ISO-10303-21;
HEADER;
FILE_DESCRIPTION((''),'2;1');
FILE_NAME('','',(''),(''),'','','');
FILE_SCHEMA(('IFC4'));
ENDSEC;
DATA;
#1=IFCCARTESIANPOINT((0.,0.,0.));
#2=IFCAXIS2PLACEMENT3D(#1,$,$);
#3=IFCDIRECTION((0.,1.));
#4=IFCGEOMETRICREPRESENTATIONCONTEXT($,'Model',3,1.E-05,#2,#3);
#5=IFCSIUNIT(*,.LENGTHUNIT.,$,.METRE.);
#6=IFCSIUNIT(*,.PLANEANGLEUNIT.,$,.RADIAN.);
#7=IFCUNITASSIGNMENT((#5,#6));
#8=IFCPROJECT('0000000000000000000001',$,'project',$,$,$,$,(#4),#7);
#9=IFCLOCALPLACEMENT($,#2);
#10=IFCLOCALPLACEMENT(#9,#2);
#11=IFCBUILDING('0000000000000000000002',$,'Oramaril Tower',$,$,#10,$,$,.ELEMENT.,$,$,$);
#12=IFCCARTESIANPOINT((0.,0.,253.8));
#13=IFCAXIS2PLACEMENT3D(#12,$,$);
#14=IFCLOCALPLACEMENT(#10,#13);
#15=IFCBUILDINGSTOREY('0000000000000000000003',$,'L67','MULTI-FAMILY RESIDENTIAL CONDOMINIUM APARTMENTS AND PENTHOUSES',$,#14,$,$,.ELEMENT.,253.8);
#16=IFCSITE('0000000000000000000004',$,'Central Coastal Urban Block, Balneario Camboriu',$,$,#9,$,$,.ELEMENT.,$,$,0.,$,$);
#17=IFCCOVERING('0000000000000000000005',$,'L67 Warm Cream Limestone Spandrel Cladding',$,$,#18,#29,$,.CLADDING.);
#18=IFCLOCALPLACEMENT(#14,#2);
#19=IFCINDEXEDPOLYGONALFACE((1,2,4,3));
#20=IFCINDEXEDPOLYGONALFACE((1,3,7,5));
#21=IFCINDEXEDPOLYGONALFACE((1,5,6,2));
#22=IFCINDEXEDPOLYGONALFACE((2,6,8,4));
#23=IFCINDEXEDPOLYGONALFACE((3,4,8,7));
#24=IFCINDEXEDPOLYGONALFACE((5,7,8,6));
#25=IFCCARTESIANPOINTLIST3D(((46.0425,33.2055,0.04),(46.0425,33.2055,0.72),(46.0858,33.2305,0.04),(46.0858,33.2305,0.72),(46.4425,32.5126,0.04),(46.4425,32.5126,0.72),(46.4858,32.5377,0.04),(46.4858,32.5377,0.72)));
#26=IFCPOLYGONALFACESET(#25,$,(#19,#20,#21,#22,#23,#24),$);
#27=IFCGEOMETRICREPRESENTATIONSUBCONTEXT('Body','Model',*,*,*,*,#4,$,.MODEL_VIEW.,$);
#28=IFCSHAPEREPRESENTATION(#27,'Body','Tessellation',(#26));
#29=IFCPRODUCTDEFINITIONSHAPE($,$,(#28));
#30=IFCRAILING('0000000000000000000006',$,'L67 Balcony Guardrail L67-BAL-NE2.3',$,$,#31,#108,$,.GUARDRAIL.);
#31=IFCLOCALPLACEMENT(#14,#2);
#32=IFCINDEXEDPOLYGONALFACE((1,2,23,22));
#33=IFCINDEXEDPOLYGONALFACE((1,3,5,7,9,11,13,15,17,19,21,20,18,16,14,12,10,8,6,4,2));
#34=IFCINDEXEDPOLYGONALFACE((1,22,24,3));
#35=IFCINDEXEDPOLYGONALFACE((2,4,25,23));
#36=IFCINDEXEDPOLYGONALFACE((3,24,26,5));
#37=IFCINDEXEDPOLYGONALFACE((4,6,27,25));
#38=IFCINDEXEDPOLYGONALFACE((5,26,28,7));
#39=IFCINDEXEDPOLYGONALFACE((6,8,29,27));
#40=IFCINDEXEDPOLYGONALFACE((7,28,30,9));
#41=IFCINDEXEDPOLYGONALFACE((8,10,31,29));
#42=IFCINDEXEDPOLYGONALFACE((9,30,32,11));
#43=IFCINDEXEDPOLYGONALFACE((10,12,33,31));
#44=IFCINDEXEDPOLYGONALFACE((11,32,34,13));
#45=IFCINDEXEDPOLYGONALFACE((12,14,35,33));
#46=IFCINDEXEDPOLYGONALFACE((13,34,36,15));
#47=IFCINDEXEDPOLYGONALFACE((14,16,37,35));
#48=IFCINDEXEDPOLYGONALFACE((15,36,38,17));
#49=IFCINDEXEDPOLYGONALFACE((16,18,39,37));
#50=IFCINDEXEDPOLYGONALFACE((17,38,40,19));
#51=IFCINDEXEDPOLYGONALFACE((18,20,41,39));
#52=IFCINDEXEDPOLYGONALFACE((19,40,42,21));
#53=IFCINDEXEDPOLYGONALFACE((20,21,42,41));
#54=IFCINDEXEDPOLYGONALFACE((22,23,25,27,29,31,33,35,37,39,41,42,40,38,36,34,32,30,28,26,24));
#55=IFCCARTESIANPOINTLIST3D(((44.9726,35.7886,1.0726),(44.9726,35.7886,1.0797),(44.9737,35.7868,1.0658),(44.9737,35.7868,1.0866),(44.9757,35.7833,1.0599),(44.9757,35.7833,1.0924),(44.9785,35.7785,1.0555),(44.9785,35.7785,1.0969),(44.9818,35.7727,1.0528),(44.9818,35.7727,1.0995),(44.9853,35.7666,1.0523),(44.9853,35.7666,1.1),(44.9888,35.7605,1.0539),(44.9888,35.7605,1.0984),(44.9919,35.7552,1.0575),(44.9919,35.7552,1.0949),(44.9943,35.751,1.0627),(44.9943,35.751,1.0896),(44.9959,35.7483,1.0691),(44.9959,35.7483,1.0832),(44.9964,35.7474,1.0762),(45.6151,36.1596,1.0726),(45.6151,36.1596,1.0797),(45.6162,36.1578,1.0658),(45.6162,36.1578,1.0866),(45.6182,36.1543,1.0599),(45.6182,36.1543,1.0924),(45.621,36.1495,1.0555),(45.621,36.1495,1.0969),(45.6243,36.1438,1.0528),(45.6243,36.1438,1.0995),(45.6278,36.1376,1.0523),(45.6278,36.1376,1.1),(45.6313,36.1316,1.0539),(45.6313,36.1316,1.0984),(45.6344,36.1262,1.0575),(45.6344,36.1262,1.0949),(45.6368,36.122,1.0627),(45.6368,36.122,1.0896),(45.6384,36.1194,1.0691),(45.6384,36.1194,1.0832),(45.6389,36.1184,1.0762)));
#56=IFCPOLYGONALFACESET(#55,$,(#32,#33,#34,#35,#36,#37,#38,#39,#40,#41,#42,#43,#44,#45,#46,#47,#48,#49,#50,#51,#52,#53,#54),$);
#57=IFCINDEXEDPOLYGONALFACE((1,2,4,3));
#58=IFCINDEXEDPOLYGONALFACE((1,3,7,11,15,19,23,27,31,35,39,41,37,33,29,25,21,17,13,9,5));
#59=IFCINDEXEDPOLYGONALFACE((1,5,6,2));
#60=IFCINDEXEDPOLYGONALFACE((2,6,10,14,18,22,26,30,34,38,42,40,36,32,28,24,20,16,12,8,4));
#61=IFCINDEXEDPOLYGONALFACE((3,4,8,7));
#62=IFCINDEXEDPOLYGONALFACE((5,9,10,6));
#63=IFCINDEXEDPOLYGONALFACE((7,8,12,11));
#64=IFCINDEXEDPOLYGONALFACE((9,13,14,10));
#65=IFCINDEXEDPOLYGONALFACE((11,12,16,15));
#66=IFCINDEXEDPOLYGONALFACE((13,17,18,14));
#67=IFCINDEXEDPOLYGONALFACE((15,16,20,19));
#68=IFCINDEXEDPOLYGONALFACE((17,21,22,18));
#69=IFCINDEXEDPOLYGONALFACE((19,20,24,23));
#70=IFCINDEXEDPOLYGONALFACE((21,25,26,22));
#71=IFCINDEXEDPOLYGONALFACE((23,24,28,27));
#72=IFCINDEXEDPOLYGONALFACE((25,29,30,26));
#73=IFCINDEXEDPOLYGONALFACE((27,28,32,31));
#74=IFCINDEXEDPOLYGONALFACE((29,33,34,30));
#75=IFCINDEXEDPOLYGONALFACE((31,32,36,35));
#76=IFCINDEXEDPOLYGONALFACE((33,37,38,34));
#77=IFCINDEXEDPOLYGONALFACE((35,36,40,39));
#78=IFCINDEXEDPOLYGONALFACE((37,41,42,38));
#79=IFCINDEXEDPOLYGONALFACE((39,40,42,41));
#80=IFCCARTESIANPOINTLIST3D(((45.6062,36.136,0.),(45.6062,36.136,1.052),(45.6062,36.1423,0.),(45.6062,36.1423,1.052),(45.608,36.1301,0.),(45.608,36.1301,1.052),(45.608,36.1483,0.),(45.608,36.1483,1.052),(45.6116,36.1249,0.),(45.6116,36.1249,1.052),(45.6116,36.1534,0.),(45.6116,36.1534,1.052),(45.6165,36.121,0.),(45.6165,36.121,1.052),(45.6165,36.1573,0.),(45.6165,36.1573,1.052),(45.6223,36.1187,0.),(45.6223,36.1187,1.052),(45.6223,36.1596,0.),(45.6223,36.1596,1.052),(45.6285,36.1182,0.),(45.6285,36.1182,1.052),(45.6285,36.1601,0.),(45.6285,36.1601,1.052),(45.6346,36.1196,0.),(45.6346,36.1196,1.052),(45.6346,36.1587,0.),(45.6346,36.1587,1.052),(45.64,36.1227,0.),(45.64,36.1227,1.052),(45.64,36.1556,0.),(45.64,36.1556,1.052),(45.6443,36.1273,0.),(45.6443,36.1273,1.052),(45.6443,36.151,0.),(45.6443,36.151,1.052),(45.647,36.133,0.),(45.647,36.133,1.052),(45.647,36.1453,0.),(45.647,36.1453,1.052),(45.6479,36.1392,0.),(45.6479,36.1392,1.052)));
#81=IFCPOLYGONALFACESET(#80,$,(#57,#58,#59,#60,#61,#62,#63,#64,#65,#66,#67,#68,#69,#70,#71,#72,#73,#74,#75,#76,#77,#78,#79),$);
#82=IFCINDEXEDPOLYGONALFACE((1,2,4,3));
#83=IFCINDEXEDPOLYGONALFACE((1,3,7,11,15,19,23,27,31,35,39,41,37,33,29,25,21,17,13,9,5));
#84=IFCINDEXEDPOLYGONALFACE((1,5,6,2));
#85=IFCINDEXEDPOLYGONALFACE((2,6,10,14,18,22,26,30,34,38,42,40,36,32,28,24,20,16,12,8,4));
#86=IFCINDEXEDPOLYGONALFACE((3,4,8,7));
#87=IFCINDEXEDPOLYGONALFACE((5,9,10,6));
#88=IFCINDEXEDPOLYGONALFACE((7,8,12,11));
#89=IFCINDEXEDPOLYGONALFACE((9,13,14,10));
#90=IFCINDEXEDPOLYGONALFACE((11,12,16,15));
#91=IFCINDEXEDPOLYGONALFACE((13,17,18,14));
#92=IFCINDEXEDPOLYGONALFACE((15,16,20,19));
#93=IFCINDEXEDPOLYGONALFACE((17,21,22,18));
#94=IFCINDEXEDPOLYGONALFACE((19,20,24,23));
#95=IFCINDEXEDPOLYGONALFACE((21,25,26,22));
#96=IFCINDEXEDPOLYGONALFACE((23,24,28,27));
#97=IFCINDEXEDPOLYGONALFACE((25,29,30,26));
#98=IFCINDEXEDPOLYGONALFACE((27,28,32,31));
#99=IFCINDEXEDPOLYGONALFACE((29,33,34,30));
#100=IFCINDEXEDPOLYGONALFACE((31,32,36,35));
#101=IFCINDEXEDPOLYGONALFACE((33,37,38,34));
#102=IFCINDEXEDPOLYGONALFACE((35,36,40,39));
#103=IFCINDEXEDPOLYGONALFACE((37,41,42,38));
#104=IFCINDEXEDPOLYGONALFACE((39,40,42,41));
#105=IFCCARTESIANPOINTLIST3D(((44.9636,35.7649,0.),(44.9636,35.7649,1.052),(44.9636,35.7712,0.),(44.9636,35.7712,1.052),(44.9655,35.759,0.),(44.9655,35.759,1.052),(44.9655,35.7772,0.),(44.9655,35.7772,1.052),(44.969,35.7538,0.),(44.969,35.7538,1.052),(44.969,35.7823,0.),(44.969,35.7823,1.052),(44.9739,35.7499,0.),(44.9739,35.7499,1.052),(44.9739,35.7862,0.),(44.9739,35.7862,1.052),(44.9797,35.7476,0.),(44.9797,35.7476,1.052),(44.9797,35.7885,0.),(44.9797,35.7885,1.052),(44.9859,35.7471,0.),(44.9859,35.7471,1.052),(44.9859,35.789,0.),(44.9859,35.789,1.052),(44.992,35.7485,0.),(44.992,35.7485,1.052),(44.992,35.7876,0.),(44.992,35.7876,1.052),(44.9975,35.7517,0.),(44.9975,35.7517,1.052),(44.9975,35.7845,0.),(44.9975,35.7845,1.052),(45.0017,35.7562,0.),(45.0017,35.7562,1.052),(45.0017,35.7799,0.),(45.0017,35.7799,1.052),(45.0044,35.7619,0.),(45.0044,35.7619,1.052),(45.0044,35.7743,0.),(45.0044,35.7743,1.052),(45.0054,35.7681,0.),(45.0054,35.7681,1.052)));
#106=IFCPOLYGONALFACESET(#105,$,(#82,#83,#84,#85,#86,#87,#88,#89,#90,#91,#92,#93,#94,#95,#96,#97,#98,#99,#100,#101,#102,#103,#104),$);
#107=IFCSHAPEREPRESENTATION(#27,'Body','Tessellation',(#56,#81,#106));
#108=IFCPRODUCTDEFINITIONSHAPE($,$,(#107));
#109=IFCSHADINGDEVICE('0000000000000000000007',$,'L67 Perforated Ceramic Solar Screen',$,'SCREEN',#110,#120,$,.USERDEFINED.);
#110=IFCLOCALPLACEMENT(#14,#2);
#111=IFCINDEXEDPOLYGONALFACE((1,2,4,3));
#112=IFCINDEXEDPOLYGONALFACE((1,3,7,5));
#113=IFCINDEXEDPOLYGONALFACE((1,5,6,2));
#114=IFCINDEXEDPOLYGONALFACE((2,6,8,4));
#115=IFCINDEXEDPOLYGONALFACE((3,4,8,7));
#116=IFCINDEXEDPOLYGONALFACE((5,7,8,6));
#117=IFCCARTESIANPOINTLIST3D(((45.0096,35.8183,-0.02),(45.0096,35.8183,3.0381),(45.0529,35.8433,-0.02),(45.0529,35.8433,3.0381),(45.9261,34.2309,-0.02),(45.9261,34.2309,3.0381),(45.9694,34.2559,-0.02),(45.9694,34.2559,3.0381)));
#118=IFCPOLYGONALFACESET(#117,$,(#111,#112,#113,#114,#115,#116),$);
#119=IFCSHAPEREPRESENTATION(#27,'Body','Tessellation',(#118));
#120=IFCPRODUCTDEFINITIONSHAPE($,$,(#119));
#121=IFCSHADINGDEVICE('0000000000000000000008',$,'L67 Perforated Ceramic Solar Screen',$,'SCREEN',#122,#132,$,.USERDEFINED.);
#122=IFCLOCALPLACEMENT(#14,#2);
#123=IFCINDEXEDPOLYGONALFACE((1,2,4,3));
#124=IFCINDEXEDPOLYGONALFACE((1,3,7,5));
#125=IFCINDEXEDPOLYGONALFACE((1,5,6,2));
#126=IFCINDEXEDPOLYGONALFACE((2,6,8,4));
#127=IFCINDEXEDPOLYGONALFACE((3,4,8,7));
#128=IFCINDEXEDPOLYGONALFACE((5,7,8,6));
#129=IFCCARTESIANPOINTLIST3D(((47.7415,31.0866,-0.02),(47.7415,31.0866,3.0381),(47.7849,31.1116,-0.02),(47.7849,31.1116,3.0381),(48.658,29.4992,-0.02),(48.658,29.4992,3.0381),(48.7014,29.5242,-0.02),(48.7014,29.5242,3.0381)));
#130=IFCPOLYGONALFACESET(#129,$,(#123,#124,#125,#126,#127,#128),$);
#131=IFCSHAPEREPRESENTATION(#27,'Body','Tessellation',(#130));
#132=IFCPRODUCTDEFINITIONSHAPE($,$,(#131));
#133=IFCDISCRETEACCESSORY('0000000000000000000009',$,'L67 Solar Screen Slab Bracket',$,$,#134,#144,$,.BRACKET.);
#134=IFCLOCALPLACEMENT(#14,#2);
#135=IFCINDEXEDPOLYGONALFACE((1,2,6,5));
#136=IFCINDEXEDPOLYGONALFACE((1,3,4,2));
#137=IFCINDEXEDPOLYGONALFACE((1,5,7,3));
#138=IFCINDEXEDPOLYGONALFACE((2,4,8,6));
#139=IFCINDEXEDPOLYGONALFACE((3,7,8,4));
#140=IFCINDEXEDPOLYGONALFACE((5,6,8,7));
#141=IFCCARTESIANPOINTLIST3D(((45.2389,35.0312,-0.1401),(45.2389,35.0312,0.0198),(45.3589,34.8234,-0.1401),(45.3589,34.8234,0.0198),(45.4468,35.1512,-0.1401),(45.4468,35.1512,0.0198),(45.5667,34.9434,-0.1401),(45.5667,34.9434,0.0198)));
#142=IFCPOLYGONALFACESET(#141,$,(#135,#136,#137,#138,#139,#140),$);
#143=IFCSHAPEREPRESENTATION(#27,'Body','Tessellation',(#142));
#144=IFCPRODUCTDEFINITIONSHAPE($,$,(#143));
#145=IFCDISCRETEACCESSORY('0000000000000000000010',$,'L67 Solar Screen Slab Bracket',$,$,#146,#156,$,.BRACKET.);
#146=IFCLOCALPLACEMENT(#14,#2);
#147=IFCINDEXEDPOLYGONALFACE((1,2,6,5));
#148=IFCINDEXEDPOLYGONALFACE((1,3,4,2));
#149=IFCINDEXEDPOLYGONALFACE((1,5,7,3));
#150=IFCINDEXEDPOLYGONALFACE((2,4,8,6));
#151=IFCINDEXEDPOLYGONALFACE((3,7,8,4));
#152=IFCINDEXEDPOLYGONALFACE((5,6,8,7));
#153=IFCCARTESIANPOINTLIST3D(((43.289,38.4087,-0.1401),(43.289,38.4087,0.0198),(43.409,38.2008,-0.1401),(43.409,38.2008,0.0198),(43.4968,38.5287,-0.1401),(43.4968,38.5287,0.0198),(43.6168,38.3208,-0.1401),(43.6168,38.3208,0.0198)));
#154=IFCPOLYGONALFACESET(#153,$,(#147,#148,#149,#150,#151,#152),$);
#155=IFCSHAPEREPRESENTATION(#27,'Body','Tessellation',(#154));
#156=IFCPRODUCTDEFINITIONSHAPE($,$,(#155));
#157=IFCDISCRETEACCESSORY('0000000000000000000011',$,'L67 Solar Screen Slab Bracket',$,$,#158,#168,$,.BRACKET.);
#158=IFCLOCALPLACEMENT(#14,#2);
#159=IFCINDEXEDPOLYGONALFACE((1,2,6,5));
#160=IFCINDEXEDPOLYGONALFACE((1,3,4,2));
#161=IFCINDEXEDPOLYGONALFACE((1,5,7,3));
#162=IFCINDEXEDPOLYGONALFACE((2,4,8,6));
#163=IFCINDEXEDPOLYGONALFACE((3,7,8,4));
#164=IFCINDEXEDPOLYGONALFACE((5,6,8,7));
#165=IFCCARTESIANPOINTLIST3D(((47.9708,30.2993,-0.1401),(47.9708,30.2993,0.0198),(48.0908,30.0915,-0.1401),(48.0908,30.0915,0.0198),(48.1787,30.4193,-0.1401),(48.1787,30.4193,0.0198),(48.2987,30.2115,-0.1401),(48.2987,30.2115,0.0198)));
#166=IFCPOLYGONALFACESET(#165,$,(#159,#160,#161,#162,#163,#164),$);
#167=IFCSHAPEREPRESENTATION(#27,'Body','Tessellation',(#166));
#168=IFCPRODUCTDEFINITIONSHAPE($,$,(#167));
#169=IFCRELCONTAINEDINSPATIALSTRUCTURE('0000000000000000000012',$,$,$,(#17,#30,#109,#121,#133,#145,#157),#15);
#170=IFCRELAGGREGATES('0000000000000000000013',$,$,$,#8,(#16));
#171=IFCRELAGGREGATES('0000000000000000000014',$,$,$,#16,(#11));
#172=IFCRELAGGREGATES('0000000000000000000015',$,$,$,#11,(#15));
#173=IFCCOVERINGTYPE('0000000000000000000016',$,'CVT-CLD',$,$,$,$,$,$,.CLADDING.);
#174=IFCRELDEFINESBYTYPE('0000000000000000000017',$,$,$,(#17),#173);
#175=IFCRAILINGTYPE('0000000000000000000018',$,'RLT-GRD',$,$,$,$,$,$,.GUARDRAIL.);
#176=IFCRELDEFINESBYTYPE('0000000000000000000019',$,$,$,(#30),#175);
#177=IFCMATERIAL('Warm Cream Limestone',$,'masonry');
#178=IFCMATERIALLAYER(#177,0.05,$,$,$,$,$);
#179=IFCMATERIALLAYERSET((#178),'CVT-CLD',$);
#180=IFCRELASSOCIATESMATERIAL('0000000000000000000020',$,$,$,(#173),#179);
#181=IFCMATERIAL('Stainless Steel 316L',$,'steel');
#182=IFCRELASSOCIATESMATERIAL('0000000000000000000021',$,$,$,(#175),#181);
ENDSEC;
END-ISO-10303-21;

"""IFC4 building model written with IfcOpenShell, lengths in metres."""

from ifc_helpers import new_model, si_unit, direction, frame, origin, origin_2d, place, context, subcontext, project, spatial, rectangle, circle, extrude, material, layer, layer_set, type_object, element, save


model = new_model("IFC4")

# Units and contexts
model_context = context("Model", 3, precision=1e-05, world=origin(), true_north=direction((0.0, 1.0)))
body_context = subcontext(model_context, "Body", "Model", "MODEL_VIEW")
ifc_project = project(units=[si_unit("LENGTHUNIT", "METRE"), si_unit("PLANEANGLEUNIT", "RADIAN")], contexts=[model_context])

# Site, building, storey
site_placement = place(None, origin())
site = spatial("IfcSite", under=ifc_project, at=site_placement, Name="Central Coastal Urban Block, Balneario Camboriu", CompositionType="ELEMENT", RefElevation=0.0)
building_placement = place(site_placement, origin())
building = spatial("IfcBuilding", under=site, at=building_placement, Name="Oramaril Tower", CompositionType="ELEMENT")
storey_placement = place(building_placement, frame((0.0, 0.0, 253.8)))
storey = spatial("IfcBuildingStorey", under=building, at=storey_placement, Name="L67", Description="MULTI-FAMILY RESIDENTIAL CONDOMINIUM APARTMENTS AND PENTHOUSES", CompositionType="ELEMENT", Elevation=253.8)

# Covering
ifc_material_1 = material(Name="Warm Cream Limestone", Category="masonry")
ifc_layer_1 = layer(ifc_material_1, 0.05)
ifc_layer_set_1 = layer_set([ifc_layer_1], Name="CVT-CLD")
covering_type = type_object("IfcCoveringType", Name="CVT-CLD", PredefinedType="CLADDING", material=ifc_layer_set_1)
covering_placement = place(storey_placement, frame((46.2642, 32.8716, 0.04), z_axis=(0.0, 0.0, 1.0), x_axis=(-0.500002, 0.866025, 0.0)))
element("IfcCovering", 1, at=covering_placement, inside=storey, type_object=covering_type, Name="L67 Warm Cream Limestone Spandrel Cladding", PredefinedType="CLADDING", context=body_context, shape_type="SweptSolid", body=[
    extrude(rectangle(XDim=0.8, YDim=0.05, at=origin_2d()), origin(), (0.0, 0.0, 1.0), 0.6799),
])

# Railing
ifc_material_2 = material(Name="Stainless Steel 316L", Category="steel")
railing_type = type_object("IfcRailingType", Name="RLT-GRD", PredefinedType="GUARDRAIL", material=ifc_material_2)
railing_placement = place(storey_placement, frame((45.627, 36.1392, 0.0)))
element("IfcRailing", 2, at=railing_placement, inside=storey, type_object=railing_type, Name="L67 Balcony Guardrail L67-BAL-NE2.3", PredefinedType="GUARDRAIL", context=body_context, shape_type="SweptSolid", body=[
    extrude(circle(Radius=0.0239, at=origin_2d()), frame((0.0, 0.0, 1.0762), z_axis=(-0.865966, -0.500102, 0.0), x_axis=(0.500102, -0.865966, 0.0)), (0.0, 0.0, 1.0), 0.7419),
    extrude(circle(Radius=0.021, at=origin_2d()), origin(), (0.0, 0.0, 1.0), 1.052),
    extrude(circle(Radius=0.021, at=origin_2d()), frame((-0.6426, -0.3711, 0.0)), (0.0, 0.0, 1.0), 1.052),
])

# Shading devices
for number, where, z_axis, x_axis, name in (
    (3, (45.4895, 35.0371, -0.02), (0.0, 0.0, 1.0), (-0.500002, 0.866025, 0.0), "L67 Perforated Ceramic Solar Screen"),
    (4, (48.2214, 30.3054, -0.02), (0.0, 0.0, 1.0), (-0.500002, 0.866025, 0.0), "L67 Perforated Ceramic Solar Screen"),
):
    element("IfcShadingDevice", number, at=place(storey_placement, frame(where, z_axis=z_axis, x_axis=x_axis)), inside=storey, Name=name, ObjectType="SCREEN", PredefinedType="USERDEFINED", context=body_context, shape_type="SweptSolid", body=[
        extrude(rectangle(XDim=1.833, YDim=0.05, at=origin_2d()), origin(), (0.0, 0.0, 1.0), 3.0581),
    ])

# Discrete accessories
for number, where, z_axis, x_axis, name in (
    (5, (45.4028, 34.9873, -0.1401), (0.0, 0.0, 1.0), (-0.500002, 0.866025, 0.0), "L67 Solar Screen Slab Bracket"),
    (6, (43.4529, 38.3647, -0.1401), (0.0, 0.0, 1.0), (-0.500002, 0.866025, 0.0), "L67 Solar Screen Slab Bracket"),
    (7, (48.1348, 30.2554, -0.1401), (0.0, 0.0, 1.0), (-0.500002, 0.866025, 0.0), "L67 Solar Screen Slab Bracket"),
):
    element("IfcDiscreteAccessory", number, at=place(storey_placement, frame(where, z_axis=z_axis, x_axis=x_axis)), inside=storey, Name=name, PredefinedType="BRACKET", context=body_context, shape_type="SweptSolid", body=[
        extrude(rectangle(XDim=0.24, YDim=0.24, at=origin_2d()), origin(), (0.0, 0.0, 1.0), 0.1599),
    ])

save(model, "model.ifc")
